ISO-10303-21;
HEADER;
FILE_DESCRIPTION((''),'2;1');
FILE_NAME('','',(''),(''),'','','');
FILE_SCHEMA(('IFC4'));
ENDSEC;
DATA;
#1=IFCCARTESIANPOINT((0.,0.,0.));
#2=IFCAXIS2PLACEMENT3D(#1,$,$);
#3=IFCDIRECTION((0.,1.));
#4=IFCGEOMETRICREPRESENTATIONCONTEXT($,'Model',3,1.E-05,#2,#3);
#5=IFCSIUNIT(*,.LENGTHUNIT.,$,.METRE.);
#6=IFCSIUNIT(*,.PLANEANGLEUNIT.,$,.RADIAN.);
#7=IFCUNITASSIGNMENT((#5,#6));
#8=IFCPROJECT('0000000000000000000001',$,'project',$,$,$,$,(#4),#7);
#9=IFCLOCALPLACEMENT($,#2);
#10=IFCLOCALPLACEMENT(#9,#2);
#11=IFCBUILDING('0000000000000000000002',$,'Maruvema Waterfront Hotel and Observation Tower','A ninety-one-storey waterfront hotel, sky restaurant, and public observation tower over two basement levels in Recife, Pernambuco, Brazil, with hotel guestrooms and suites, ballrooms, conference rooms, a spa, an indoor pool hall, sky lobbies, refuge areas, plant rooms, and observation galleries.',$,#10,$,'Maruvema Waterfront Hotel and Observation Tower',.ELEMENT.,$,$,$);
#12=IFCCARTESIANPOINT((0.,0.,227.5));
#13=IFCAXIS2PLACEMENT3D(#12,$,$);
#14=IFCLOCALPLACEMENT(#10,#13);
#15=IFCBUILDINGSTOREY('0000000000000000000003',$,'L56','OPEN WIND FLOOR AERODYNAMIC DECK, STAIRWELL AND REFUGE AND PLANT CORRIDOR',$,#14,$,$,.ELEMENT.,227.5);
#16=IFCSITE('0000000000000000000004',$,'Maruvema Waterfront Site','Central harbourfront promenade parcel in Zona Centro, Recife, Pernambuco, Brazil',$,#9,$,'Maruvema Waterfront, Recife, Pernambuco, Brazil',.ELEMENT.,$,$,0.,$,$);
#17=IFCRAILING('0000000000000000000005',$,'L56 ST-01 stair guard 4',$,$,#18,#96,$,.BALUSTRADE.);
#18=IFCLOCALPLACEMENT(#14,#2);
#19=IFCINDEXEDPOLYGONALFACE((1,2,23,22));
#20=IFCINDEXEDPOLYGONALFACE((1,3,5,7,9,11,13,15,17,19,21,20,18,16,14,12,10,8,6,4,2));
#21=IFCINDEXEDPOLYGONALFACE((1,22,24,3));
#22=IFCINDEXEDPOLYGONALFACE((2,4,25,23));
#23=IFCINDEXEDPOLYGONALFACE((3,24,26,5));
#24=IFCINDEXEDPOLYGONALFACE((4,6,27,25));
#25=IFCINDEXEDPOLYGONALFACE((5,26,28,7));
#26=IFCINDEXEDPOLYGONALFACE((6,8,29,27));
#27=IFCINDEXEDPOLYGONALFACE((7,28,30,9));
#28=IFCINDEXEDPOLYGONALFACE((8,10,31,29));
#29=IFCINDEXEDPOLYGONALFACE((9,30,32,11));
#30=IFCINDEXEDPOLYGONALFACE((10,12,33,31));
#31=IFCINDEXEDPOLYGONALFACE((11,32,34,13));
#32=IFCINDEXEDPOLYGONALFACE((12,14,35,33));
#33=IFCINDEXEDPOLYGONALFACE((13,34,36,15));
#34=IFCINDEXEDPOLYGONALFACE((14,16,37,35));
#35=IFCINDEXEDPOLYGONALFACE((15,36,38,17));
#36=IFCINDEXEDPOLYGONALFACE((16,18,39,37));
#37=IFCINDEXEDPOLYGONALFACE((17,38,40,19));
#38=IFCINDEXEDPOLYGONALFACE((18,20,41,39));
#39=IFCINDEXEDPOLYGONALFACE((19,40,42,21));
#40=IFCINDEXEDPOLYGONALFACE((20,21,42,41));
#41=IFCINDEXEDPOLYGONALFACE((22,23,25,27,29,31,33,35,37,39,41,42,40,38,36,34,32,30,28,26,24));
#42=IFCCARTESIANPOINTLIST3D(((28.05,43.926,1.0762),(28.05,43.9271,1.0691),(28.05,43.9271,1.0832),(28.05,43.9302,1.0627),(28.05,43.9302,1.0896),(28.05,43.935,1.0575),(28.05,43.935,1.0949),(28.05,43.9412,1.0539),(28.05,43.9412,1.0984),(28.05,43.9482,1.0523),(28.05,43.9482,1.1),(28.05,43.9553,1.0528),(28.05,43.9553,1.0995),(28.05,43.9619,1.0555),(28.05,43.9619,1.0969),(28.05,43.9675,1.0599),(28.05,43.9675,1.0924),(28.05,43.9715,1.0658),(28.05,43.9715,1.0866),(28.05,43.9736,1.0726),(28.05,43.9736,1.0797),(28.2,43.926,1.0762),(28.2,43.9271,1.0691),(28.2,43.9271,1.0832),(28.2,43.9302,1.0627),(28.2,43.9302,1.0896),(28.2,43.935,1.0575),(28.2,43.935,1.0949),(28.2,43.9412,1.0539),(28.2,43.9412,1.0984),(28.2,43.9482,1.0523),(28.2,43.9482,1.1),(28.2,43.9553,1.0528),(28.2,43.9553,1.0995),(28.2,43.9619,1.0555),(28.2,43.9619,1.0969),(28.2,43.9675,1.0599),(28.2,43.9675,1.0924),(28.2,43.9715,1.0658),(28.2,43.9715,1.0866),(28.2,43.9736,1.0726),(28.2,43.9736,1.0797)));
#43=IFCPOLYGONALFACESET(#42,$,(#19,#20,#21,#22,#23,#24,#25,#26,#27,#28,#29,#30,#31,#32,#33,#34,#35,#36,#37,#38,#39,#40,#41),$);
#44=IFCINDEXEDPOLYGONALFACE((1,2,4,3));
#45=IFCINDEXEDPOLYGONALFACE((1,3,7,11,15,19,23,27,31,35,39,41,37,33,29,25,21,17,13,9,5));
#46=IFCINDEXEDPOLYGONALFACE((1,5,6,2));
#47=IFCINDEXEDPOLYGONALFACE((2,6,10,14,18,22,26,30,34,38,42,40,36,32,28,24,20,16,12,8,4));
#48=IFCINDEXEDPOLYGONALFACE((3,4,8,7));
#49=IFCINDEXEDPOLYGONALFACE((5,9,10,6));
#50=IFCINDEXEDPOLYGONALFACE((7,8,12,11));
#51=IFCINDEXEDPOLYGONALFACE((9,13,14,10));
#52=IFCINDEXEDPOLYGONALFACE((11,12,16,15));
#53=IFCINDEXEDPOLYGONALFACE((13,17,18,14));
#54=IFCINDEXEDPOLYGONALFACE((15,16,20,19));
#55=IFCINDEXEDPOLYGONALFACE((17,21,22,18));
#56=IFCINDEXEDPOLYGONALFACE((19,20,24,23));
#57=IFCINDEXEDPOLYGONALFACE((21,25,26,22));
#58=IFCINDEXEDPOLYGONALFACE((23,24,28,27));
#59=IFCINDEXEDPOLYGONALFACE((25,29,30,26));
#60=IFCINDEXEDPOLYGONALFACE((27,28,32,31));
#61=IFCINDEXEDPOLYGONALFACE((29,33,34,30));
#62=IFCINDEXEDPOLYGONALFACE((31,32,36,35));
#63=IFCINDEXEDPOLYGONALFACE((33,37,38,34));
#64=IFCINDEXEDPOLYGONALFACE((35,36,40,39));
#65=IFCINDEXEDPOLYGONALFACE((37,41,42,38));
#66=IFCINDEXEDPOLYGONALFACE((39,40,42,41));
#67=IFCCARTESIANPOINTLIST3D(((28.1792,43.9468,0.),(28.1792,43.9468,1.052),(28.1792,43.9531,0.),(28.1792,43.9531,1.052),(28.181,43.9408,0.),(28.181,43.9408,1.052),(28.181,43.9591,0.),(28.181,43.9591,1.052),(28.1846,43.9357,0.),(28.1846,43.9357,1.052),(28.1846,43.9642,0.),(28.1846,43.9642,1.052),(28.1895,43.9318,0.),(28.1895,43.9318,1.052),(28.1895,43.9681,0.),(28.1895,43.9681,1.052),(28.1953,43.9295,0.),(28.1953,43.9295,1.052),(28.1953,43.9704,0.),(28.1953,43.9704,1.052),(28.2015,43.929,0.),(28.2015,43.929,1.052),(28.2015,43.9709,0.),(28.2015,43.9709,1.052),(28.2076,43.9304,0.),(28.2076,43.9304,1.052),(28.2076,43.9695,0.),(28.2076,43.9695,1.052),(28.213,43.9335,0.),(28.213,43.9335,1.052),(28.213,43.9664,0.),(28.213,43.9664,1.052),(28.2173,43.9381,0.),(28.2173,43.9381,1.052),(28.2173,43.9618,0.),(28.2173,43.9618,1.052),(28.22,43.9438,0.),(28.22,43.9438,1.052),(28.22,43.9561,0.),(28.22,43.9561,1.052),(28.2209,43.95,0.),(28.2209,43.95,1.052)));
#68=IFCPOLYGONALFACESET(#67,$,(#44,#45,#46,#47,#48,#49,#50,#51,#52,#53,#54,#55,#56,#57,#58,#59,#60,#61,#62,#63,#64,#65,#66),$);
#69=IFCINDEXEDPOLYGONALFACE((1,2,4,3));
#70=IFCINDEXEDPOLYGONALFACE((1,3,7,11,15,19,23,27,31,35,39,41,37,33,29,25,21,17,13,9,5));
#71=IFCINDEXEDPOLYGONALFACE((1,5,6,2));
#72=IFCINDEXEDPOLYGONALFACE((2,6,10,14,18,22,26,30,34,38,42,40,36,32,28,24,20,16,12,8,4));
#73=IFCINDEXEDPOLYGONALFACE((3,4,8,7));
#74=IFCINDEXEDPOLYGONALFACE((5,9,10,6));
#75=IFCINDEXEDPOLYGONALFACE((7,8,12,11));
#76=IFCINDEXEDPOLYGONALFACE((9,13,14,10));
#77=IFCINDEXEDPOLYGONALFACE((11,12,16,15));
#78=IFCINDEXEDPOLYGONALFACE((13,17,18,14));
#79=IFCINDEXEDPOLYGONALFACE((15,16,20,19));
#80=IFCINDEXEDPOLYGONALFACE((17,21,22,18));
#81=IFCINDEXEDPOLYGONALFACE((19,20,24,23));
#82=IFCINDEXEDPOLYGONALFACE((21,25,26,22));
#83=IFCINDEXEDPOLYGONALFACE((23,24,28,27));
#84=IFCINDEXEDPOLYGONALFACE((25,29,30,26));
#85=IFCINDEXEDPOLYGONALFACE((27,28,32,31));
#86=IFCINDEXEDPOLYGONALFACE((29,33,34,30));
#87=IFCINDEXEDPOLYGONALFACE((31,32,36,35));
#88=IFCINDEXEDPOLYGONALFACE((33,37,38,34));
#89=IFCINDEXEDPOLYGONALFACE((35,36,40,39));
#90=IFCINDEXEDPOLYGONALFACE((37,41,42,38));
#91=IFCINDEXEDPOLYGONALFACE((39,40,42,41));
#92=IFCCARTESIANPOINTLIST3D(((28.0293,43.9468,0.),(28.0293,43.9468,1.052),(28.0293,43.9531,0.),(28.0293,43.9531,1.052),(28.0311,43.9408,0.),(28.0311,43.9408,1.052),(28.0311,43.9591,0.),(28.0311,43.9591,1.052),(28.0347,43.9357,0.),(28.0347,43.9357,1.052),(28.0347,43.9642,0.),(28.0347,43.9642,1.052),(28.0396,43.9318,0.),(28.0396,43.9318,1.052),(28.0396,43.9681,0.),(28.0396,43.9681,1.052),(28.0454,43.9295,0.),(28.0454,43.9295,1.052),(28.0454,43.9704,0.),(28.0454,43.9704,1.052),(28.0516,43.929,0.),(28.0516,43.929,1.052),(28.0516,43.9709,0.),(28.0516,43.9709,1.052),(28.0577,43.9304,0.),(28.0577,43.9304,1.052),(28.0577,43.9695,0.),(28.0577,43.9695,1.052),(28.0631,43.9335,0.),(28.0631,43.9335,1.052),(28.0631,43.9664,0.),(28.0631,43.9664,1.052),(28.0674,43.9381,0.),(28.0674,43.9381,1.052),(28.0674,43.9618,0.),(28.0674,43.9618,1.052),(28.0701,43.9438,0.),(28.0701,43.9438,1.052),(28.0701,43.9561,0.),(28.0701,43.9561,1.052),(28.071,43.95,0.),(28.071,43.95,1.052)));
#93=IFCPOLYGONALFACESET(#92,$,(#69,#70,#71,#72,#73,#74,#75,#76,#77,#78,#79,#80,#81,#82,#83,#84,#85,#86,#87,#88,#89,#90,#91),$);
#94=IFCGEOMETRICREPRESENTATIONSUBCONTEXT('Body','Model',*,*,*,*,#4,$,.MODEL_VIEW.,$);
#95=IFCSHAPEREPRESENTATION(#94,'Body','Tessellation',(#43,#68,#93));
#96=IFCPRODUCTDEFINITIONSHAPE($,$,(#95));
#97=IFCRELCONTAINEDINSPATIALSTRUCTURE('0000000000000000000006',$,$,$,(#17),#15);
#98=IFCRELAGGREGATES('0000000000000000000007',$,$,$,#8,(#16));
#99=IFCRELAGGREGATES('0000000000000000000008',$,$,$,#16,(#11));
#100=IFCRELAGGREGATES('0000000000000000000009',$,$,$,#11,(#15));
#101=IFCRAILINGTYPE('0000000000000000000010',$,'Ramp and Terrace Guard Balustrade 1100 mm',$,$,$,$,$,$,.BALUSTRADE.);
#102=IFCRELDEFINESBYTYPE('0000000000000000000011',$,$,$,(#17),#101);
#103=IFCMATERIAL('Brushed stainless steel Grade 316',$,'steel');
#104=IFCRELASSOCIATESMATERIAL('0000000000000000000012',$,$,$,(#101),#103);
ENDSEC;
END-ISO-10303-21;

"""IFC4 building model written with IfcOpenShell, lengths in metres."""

from ifc_helpers import new_model, si_unit, direction, frame, origin, origin_2d, place, context, subcontext, project, spatial, circle, extrude, material, type_object, element, save


model = new_model("IFC4")

# Units and contexts
model_context = context("Model", 3, precision=1e-05, world=origin(), true_north=direction((0.0, 1.0)))
body_context = subcontext(model_context, "Body", "Model", "MODEL_VIEW")
ifc_project = project(units=[si_unit("LENGTHUNIT", "METRE"), si_unit("PLANEANGLEUNIT", "RADIAN")], contexts=[model_context])

# Site, building, storey
site_placement = place(None, origin())
site = spatial("IfcSite", under=ifc_project, at=site_placement, Name="Maruvema Waterfront Site", Description="Central harbourfront promenade parcel in Zona Centro, Recife, Pernambuco, Brazil", LongName="Maruvema Waterfront, Recife, Pernambuco, Brazil", CompositionType="ELEMENT", RefElevation=0.0)
building_placement = place(site_placement, origin())
building = spatial("IfcBuilding", under=site, at=building_placement, Name="Maruvema Waterfront Hotel and Observation Tower", Description="A ninety-one-storey waterfront hotel, sky restaurant, and public observation tower over two basement levels in Recife, Pernambuco, Brazil, with hotel guestrooms and suites, ballrooms, conference rooms, a spa, an indoor pool hall, sky lobbies, refuge areas, plant rooms, and observation galleries.", LongName="Maruvema Waterfront Hotel and Observation Tower", CompositionType="ELEMENT")
storey_placement = place(building_placement, frame((0.0, 0.0, 227.5)))
storey = spatial("IfcBuildingStorey", under=building, at=storey_placement, Name="L56", Description="OPEN WIND FLOOR AERODYNAMIC DECK, STAIRWELL AND REFUGE AND PLANT CORRIDOR", CompositionType="ELEMENT", Elevation=227.5)

# Railing
ifc_material_1 = material(Name="Brushed stainless steel Grade 316", Category="steel")
railing_type = type_object("IfcRailingType", Name="Ramp and Terrace Guard Balustrade 1100 mm", PredefinedType="BALUSTRADE", material=ifc_material_1)
railing_1_placement = place(storey_placement, frame((28.2, 43.95, 0.0)))
element("IfcRailing", 1, at=railing_1_placement, inside=storey, type_object=railing_type, Name="L56 ST-01 stair guard 4", PredefinedType="BALUSTRADE", context=body_context, shape_type="SweptSolid", body=[
    extrude(circle(Radius=0.0239, at=origin_2d()), frame((0.0, 0.0, 1.0762), z_axis=(-1.0, 0.0, 0.0), x_axis=(0.0, -1.0, 0.0)), (0.0, 0.0, 1.0), 0.1499),
    extrude(circle(Radius=0.021, at=origin_2d()), origin(), (0.0, 0.0, 1.0), 1.052),
    extrude(circle(Radius=0.021, at=origin_2d()), frame((-0.1499, 0.0, 0.0)), (0.0, 0.0, 1.0), 1.052),
])

save(model, "model.ifc")
